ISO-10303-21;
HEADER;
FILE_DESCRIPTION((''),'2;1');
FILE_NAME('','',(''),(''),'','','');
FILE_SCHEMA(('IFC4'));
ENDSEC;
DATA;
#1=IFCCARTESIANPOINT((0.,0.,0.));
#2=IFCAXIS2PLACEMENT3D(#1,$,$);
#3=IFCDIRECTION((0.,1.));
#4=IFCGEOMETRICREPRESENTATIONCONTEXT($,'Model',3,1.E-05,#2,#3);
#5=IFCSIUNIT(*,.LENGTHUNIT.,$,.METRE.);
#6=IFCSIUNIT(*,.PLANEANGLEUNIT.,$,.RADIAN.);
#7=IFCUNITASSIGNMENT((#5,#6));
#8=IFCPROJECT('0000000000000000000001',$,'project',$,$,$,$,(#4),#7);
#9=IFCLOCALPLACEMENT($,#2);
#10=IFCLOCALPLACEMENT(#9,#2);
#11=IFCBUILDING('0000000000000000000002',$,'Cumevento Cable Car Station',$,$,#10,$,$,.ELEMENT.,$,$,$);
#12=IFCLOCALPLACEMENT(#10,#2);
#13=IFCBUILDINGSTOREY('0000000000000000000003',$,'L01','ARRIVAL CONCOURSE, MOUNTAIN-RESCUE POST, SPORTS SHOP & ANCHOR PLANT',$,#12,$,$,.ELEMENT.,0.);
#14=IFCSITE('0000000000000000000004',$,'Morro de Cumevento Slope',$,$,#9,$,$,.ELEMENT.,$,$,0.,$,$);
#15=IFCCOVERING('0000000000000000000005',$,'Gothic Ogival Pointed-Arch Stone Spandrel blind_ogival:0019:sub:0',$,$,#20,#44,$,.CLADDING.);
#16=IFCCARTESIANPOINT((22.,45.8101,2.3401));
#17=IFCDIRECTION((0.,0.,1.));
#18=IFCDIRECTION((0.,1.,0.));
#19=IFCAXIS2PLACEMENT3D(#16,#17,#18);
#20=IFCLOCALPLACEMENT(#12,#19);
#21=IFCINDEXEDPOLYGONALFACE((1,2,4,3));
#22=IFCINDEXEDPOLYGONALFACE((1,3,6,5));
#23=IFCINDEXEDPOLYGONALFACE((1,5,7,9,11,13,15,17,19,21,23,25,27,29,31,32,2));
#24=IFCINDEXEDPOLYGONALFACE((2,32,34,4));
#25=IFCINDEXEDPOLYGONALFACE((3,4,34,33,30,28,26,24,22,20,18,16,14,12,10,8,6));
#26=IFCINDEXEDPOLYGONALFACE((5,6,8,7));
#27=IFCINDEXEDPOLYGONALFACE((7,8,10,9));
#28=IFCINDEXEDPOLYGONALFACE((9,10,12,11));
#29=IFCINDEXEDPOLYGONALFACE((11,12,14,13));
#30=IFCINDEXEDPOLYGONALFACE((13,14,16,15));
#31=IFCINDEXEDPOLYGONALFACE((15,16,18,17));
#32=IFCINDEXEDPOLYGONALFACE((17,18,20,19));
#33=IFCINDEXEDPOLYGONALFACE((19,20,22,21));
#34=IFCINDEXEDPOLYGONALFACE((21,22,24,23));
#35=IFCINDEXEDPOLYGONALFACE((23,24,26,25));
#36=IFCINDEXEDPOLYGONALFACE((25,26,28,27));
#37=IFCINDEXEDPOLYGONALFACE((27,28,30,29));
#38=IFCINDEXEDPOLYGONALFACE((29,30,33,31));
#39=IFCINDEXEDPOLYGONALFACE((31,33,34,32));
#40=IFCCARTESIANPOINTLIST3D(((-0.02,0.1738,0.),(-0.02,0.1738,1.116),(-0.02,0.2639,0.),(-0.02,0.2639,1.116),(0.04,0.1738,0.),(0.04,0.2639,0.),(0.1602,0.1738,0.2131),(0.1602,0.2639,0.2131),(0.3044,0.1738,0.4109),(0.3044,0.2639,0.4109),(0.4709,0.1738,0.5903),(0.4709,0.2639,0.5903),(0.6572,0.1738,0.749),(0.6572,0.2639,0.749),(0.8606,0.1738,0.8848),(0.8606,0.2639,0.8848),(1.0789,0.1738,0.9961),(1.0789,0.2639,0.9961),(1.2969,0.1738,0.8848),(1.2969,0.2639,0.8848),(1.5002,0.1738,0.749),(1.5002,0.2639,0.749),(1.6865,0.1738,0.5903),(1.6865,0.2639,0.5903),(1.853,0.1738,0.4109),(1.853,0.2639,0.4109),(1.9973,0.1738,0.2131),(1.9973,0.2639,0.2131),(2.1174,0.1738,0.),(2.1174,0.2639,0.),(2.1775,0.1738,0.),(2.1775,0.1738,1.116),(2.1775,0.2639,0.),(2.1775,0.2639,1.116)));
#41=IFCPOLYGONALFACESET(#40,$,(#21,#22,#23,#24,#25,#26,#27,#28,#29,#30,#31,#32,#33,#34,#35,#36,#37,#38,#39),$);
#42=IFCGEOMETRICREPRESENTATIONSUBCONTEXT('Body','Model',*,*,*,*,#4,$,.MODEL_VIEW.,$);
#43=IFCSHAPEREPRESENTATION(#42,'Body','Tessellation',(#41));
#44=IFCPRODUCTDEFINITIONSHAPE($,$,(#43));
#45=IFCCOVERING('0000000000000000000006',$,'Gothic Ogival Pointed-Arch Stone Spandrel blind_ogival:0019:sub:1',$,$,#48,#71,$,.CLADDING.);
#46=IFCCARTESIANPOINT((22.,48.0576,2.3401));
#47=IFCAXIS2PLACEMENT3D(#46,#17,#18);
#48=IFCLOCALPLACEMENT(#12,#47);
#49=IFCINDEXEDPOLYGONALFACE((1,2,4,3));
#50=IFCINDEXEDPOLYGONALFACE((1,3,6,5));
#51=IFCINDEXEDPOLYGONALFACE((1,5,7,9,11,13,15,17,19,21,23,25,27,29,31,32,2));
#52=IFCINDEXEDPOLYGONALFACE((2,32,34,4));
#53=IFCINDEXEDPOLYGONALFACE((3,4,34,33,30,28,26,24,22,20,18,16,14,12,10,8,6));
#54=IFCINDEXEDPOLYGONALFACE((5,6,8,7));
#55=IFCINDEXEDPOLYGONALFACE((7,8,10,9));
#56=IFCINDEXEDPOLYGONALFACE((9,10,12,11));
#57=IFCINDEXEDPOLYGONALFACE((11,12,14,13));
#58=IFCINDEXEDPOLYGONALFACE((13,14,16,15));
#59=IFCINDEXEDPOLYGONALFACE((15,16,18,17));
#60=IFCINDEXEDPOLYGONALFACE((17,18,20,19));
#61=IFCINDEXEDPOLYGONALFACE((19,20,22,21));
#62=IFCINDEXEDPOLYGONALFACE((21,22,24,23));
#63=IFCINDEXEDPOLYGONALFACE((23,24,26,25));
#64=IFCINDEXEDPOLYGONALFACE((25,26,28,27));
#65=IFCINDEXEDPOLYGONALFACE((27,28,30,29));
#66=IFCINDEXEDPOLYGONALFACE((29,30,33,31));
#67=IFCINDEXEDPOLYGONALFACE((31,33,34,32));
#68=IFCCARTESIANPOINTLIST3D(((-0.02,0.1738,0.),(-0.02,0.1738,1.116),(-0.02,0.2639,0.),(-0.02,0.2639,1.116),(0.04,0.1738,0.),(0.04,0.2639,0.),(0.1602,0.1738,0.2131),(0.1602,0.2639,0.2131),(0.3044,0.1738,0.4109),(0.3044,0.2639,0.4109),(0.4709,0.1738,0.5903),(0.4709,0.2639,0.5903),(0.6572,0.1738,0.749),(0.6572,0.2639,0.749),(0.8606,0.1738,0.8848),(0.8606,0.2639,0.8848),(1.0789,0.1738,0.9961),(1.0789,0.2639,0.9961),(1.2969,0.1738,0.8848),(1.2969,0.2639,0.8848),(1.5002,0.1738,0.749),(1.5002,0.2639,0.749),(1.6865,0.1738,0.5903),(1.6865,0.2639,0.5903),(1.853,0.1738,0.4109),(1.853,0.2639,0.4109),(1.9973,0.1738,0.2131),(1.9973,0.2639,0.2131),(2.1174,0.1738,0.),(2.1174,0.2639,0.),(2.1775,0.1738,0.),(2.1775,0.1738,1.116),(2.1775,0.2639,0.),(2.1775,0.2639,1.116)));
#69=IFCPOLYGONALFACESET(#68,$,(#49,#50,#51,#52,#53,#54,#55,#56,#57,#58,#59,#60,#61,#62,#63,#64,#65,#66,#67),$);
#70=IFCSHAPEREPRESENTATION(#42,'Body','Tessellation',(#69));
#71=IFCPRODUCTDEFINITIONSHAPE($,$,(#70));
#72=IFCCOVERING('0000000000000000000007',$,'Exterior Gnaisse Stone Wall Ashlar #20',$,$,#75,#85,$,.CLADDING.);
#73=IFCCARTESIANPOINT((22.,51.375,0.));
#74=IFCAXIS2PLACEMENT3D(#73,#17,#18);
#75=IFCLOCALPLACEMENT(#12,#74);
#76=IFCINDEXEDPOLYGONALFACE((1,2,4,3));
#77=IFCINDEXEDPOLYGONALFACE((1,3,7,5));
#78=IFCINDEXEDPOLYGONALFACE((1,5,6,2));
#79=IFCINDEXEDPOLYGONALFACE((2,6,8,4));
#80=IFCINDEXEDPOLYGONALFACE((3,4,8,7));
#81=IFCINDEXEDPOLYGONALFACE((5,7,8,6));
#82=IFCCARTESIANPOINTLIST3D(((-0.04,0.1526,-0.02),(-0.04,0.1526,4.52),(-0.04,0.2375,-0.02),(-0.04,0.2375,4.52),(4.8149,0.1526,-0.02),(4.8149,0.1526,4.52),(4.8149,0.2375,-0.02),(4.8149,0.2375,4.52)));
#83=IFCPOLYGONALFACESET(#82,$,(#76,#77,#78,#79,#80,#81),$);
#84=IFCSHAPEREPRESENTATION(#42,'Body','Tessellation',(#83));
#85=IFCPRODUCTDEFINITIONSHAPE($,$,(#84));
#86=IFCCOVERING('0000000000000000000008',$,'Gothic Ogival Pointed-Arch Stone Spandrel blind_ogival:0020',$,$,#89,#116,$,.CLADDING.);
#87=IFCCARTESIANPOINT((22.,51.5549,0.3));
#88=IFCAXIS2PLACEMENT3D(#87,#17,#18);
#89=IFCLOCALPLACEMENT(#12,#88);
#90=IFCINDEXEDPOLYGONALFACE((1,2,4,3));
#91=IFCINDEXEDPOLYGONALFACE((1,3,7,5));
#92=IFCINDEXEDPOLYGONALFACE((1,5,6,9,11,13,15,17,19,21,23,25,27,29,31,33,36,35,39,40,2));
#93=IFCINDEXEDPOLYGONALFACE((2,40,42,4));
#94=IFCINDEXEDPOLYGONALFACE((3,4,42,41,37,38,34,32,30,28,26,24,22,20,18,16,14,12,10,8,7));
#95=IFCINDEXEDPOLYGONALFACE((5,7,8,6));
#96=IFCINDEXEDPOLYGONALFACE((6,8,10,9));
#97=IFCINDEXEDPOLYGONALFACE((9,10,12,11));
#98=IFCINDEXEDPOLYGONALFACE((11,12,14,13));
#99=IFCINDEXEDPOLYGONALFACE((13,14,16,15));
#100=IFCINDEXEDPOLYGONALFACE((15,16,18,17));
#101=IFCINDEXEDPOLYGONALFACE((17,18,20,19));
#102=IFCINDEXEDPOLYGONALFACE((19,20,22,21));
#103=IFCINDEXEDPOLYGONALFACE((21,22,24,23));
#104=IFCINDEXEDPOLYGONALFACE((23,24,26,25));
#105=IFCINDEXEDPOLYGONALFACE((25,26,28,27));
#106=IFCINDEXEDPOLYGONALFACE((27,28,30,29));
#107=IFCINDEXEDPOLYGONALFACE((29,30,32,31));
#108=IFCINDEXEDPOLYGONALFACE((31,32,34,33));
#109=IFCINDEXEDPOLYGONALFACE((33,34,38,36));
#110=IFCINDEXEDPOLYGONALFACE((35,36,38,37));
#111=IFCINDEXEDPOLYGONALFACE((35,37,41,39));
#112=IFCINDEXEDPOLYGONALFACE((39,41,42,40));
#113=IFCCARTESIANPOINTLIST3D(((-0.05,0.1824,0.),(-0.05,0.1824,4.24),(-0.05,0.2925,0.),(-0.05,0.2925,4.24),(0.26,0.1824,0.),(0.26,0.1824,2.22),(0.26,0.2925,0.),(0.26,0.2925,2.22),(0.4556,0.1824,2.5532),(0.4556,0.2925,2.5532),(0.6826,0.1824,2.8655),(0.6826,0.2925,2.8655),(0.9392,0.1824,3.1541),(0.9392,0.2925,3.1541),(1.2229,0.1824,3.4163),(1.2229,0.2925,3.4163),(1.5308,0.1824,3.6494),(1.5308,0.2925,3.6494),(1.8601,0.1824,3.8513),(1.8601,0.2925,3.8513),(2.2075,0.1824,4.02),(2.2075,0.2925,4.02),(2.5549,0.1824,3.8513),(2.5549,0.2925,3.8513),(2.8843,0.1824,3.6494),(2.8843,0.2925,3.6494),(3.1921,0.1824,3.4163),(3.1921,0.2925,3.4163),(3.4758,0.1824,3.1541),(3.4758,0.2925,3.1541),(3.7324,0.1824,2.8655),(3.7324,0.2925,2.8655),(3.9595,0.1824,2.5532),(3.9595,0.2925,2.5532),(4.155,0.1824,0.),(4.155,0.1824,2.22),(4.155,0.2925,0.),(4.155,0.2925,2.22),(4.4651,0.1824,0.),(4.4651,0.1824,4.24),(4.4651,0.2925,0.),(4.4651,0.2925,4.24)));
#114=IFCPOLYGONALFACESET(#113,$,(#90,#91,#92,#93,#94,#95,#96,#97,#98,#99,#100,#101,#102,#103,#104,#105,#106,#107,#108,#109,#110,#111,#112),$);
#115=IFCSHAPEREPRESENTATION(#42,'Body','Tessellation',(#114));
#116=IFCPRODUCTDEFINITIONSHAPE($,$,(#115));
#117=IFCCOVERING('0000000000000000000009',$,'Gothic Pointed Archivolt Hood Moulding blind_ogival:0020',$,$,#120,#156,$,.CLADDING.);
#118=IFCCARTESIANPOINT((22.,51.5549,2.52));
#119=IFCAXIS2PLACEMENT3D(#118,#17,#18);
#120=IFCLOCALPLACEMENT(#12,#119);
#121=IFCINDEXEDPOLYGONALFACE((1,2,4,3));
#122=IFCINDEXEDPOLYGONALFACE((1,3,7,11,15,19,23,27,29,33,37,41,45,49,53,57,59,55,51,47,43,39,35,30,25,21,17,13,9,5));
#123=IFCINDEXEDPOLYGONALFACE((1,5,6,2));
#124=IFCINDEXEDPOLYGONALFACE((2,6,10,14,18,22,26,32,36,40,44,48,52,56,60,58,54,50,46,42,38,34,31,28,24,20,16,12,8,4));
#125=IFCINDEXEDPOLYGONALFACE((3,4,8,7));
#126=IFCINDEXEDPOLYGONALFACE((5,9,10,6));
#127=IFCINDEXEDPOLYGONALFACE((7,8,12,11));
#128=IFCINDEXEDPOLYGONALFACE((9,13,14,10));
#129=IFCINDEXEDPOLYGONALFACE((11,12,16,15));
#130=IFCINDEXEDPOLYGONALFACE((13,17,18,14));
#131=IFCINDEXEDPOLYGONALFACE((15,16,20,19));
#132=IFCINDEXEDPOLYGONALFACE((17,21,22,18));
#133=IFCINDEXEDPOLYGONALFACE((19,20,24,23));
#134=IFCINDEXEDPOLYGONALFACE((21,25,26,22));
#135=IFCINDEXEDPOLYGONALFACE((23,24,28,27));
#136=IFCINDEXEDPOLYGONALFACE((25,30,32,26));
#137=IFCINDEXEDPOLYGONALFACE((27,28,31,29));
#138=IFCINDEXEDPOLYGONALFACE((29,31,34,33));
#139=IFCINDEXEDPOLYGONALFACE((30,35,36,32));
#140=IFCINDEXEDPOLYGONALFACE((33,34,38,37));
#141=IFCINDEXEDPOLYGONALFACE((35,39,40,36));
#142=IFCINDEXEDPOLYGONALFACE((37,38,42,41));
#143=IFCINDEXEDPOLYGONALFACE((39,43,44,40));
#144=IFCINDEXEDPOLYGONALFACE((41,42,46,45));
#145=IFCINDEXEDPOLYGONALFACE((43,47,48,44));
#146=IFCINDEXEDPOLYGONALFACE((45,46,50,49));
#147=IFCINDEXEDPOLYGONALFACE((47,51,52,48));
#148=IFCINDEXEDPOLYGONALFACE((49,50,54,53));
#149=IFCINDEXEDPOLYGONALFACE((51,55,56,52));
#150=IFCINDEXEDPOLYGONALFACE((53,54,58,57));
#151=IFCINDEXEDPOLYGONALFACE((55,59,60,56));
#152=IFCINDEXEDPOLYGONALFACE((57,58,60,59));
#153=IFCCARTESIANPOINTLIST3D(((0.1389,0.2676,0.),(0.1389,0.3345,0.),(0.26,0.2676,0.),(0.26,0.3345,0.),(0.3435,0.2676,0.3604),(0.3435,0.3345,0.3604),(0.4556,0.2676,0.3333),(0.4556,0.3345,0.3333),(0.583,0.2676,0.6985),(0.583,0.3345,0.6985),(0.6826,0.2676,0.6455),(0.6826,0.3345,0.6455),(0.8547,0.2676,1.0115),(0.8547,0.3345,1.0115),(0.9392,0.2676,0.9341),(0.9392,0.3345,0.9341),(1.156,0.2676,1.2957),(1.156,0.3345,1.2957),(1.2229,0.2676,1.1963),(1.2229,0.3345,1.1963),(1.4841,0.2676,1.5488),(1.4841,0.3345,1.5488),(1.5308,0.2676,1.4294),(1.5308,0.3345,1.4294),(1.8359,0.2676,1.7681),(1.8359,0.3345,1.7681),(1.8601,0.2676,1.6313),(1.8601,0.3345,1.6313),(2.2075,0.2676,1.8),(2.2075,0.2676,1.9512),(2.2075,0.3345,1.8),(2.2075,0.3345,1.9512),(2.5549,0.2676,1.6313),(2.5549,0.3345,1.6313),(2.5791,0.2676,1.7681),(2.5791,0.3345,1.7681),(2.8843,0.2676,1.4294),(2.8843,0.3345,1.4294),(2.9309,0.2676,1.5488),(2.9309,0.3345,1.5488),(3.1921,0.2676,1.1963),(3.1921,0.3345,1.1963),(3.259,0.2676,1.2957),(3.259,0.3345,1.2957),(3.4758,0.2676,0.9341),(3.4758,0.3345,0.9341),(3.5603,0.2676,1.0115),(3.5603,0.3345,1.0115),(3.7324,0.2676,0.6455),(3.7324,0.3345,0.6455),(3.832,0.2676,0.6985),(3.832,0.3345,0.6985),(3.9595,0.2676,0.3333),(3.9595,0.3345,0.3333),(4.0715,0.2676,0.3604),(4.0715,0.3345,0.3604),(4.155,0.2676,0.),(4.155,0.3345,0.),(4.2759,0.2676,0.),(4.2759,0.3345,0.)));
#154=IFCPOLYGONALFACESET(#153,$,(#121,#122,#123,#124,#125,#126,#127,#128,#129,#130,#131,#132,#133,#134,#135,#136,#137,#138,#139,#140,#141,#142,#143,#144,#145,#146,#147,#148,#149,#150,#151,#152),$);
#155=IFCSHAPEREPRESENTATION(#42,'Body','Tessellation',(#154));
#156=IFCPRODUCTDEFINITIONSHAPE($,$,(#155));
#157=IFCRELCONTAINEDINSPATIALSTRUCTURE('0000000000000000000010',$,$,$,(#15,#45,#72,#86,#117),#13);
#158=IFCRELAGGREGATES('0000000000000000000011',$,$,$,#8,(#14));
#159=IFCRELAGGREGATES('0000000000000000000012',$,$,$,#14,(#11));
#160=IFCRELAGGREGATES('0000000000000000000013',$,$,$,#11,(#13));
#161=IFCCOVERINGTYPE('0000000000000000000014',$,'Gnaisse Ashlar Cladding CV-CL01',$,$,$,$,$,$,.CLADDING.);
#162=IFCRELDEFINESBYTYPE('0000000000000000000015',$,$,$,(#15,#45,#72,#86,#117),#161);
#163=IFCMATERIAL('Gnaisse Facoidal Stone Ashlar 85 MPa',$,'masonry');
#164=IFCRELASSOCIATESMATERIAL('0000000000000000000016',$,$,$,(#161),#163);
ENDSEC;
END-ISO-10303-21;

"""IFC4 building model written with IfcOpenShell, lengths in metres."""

from ifc_helpers import new_model, si_unit, direction, frame, origin, place, context, subcontext, project, spatial, polyline, outline, extrude, material, type_object, element, save


model = new_model("IFC4")

# Units and contexts
model_context = context("Model", 3, precision=1e-05, world=origin(), true_north=direction((0.0, 1.0)))
body_context = subcontext(model_context, "Body", "Model", "MODEL_VIEW")
ifc_project = project(units=[si_unit("LENGTHUNIT", "METRE"), si_unit("PLANEANGLEUNIT", "RADIAN")], contexts=[model_context])

# Site, building, storey
site_placement = place(None, origin())
site = spatial("IfcSite", under=ifc_project, at=site_placement, Name="Morro de Cumevento Slope", CompositionType="ELEMENT", RefElevation=0.0)
building_placement = place(site_placement, origin())
building = spatial("IfcBuilding", under=site, at=building_placement, Name="Cumevento Cable Car Station", CompositionType="ELEMENT")
storey_placement = place(building_placement, origin())
storey = spatial("IfcBuildingStorey", under=building, at=storey_placement, Name="L01", Description="ARRIVAL CONCOURSE, MOUNTAIN-RESCUE POST, SPORTS SHOP & ANCHOR PLANT", CompositionType="ELEMENT", Elevation=0.0)

# Coverings
ifc_material_1 = material(Name="Gnaisse Facoidal Stone Ashlar 85 MPa", Category="masonry")
covering_type = type_object("IfcCoveringType", Name="Gnaisse Ashlar Cladding CV-CL01", PredefinedType="CLADDING", material=ifc_material_1)
for number, where, z_axis, x_axis, name in (
    (1, (22.0, 45.8101, 2.3401), (0.0, 0.0, 1.0), (0.0, 1.0, 0.0), "Gothic Ogival Pointed-Arch Stone Spandrel blind_ogival:0019:sub:0"),
    (2, (22.0, 48.0576, 2.3401), (0.0, 0.0, 1.0), (0.0, 1.0, 0.0), "Gothic Ogival Pointed-Arch Stone Spandrel blind_ogival:0019:sub:1"),
):
    element("IfcCovering", number, at=place(storey_placement, frame(where, z_axis=z_axis, x_axis=x_axis)), inside=storey, type_object=covering_type, Name=name, PredefinedType="CLADDING", context=body_context, shape_type="SweptSolid", body=[
        extrude(outline(polyline([(-0.02, 0.0), (-0.02, 1.116), (2.1775, 1.116), (2.1775, 0.0), (2.1174, 0.0), (1.9973, 0.2131), (1.853, 0.4109), (1.6865, 0.5903), (1.5002, 0.749), (1.2969, 0.8848), (1.0789, 0.9961), (0.8606, 0.8848), (0.6572, 0.749), (0.4709, 0.5903), (0.3044, 0.4109), (0.1602, 0.2131), (0.04, 0.0), (-0.02, 0.0)])), frame((0.0, 0.2639, 0.0), z_axis=(0.0, -1.0, 0.0), x_axis=(1.0, 0.0, 0.0)), (0.0, 0.0, 1.0), 0.0901),
    ])
covering_1_placement = place(storey_placement, frame((22.0, 51.375, 0.0), z_axis=(0.0, 0.0, 1.0), x_axis=(0.0, 1.0, 0.0)))
element("IfcCovering", 3, at=covering_1_placement, inside=storey, type_object=covering_type, Name="Exterior Gnaisse Stone Wall Ashlar #20", PredefinedType="CLADDING", context=body_context, shape_type="SweptSolid", body=[
    extrude(outline(polyline([(-0.04, -0.02), (4.8149, -0.02), (4.8149, 4.52), (-0.04, 4.52), (-0.04, -0.02)])), frame((0.0, 0.2375, 0.0), z_axis=(0.0, -1.0, 0.0), x_axis=(1.0, 0.0, 0.0)), (0.0, 0.0, 1.0), 0.085),
])
covering_2_placement = place(storey_placement, frame((22.0, 51.5549, 0.3), z_axis=(0.0, 0.0, 1.0), x_axis=(0.0, 1.0, 0.0)))
element("IfcCovering", 4, at=covering_2_placement, inside=storey, type_object=covering_type, Name="Gothic Ogival Pointed-Arch Stone Spandrel blind_ogival:0020", PredefinedType="CLADDING", context=body_context, shape_type="SweptSolid", body=[
    extrude(outline(polyline([(-0.05, 0.0), (-0.05, 4.24), (4.4651, 4.24), (4.4651, 0.0), (4.155, 0.0), (4.155, 2.22), (3.9595, 2.5532), (3.7324, 2.8655), (3.4758, 3.1541), (3.1921, 3.4163), (2.8843, 3.6494), (2.5549, 3.8513), (2.2075, 4.02), (1.8601, 3.8513), (1.5308, 3.6494), (1.2229, 3.4163), (0.9392, 3.1541), (0.6826, 2.8655), (0.4556, 2.5532), (0.26, 2.22), (0.26, 0.0), (-0.05, 0.0)])), frame((0.0, 0.2925, 0.0), z_axis=(0.0, -1.0, 0.0), x_axis=(1.0, 0.0, 0.0)), (0.0, 0.0, 1.0), 0.1101),
])
covering_3_placement = place(storey_placement, frame((22.0, 51.5549, 2.52), z_axis=(0.0, 0.0, 1.0), x_axis=(0.0, 1.0, 0.0)))
element("IfcCovering", 5, at=covering_3_placement, inside=storey, type_object=covering_type, Name="Gothic Pointed Archivolt Hood Moulding blind_ogival:0020", PredefinedType="CLADDING", context=body_context, shape_type="SweptSolid", body=[
    extrude(outline(polyline([(0.26, 0.0), (0.4556, 0.3333), (0.6826, 0.6455), (0.9392, 0.9341), (1.2229, 1.1963), (1.5308, 1.4294), (1.8601, 1.6313), (2.2075, 1.8), (2.5549, 1.6313), (2.8843, 1.4294), (3.1921, 1.1963), (3.4758, 0.9341), (3.7324, 0.6455), (3.9595, 0.3333), (4.155, 0.0), (4.2759, 0.0), (4.0715, 0.3604), (3.832, 0.6985), (3.5603, 1.0115), (3.259, 1.2957), (2.9309, 1.5488), (2.5791, 1.7681), (2.2075, 1.9512), (1.8359, 1.7681), (1.4841, 1.5488), (1.156, 1.2957), (0.8547, 1.0115), (0.583, 0.6985), (0.3435, 0.3604), (0.1389, 0.0), (0.26, 0.0)])), frame((0.0, 0.3345, 0.0), z_axis=(0.0, -1.0, 0.0), x_axis=(1.0, 0.0, 0.0)), (0.0, 0.0, 1.0), 0.0669),
])

save(model, "model.ifc")
